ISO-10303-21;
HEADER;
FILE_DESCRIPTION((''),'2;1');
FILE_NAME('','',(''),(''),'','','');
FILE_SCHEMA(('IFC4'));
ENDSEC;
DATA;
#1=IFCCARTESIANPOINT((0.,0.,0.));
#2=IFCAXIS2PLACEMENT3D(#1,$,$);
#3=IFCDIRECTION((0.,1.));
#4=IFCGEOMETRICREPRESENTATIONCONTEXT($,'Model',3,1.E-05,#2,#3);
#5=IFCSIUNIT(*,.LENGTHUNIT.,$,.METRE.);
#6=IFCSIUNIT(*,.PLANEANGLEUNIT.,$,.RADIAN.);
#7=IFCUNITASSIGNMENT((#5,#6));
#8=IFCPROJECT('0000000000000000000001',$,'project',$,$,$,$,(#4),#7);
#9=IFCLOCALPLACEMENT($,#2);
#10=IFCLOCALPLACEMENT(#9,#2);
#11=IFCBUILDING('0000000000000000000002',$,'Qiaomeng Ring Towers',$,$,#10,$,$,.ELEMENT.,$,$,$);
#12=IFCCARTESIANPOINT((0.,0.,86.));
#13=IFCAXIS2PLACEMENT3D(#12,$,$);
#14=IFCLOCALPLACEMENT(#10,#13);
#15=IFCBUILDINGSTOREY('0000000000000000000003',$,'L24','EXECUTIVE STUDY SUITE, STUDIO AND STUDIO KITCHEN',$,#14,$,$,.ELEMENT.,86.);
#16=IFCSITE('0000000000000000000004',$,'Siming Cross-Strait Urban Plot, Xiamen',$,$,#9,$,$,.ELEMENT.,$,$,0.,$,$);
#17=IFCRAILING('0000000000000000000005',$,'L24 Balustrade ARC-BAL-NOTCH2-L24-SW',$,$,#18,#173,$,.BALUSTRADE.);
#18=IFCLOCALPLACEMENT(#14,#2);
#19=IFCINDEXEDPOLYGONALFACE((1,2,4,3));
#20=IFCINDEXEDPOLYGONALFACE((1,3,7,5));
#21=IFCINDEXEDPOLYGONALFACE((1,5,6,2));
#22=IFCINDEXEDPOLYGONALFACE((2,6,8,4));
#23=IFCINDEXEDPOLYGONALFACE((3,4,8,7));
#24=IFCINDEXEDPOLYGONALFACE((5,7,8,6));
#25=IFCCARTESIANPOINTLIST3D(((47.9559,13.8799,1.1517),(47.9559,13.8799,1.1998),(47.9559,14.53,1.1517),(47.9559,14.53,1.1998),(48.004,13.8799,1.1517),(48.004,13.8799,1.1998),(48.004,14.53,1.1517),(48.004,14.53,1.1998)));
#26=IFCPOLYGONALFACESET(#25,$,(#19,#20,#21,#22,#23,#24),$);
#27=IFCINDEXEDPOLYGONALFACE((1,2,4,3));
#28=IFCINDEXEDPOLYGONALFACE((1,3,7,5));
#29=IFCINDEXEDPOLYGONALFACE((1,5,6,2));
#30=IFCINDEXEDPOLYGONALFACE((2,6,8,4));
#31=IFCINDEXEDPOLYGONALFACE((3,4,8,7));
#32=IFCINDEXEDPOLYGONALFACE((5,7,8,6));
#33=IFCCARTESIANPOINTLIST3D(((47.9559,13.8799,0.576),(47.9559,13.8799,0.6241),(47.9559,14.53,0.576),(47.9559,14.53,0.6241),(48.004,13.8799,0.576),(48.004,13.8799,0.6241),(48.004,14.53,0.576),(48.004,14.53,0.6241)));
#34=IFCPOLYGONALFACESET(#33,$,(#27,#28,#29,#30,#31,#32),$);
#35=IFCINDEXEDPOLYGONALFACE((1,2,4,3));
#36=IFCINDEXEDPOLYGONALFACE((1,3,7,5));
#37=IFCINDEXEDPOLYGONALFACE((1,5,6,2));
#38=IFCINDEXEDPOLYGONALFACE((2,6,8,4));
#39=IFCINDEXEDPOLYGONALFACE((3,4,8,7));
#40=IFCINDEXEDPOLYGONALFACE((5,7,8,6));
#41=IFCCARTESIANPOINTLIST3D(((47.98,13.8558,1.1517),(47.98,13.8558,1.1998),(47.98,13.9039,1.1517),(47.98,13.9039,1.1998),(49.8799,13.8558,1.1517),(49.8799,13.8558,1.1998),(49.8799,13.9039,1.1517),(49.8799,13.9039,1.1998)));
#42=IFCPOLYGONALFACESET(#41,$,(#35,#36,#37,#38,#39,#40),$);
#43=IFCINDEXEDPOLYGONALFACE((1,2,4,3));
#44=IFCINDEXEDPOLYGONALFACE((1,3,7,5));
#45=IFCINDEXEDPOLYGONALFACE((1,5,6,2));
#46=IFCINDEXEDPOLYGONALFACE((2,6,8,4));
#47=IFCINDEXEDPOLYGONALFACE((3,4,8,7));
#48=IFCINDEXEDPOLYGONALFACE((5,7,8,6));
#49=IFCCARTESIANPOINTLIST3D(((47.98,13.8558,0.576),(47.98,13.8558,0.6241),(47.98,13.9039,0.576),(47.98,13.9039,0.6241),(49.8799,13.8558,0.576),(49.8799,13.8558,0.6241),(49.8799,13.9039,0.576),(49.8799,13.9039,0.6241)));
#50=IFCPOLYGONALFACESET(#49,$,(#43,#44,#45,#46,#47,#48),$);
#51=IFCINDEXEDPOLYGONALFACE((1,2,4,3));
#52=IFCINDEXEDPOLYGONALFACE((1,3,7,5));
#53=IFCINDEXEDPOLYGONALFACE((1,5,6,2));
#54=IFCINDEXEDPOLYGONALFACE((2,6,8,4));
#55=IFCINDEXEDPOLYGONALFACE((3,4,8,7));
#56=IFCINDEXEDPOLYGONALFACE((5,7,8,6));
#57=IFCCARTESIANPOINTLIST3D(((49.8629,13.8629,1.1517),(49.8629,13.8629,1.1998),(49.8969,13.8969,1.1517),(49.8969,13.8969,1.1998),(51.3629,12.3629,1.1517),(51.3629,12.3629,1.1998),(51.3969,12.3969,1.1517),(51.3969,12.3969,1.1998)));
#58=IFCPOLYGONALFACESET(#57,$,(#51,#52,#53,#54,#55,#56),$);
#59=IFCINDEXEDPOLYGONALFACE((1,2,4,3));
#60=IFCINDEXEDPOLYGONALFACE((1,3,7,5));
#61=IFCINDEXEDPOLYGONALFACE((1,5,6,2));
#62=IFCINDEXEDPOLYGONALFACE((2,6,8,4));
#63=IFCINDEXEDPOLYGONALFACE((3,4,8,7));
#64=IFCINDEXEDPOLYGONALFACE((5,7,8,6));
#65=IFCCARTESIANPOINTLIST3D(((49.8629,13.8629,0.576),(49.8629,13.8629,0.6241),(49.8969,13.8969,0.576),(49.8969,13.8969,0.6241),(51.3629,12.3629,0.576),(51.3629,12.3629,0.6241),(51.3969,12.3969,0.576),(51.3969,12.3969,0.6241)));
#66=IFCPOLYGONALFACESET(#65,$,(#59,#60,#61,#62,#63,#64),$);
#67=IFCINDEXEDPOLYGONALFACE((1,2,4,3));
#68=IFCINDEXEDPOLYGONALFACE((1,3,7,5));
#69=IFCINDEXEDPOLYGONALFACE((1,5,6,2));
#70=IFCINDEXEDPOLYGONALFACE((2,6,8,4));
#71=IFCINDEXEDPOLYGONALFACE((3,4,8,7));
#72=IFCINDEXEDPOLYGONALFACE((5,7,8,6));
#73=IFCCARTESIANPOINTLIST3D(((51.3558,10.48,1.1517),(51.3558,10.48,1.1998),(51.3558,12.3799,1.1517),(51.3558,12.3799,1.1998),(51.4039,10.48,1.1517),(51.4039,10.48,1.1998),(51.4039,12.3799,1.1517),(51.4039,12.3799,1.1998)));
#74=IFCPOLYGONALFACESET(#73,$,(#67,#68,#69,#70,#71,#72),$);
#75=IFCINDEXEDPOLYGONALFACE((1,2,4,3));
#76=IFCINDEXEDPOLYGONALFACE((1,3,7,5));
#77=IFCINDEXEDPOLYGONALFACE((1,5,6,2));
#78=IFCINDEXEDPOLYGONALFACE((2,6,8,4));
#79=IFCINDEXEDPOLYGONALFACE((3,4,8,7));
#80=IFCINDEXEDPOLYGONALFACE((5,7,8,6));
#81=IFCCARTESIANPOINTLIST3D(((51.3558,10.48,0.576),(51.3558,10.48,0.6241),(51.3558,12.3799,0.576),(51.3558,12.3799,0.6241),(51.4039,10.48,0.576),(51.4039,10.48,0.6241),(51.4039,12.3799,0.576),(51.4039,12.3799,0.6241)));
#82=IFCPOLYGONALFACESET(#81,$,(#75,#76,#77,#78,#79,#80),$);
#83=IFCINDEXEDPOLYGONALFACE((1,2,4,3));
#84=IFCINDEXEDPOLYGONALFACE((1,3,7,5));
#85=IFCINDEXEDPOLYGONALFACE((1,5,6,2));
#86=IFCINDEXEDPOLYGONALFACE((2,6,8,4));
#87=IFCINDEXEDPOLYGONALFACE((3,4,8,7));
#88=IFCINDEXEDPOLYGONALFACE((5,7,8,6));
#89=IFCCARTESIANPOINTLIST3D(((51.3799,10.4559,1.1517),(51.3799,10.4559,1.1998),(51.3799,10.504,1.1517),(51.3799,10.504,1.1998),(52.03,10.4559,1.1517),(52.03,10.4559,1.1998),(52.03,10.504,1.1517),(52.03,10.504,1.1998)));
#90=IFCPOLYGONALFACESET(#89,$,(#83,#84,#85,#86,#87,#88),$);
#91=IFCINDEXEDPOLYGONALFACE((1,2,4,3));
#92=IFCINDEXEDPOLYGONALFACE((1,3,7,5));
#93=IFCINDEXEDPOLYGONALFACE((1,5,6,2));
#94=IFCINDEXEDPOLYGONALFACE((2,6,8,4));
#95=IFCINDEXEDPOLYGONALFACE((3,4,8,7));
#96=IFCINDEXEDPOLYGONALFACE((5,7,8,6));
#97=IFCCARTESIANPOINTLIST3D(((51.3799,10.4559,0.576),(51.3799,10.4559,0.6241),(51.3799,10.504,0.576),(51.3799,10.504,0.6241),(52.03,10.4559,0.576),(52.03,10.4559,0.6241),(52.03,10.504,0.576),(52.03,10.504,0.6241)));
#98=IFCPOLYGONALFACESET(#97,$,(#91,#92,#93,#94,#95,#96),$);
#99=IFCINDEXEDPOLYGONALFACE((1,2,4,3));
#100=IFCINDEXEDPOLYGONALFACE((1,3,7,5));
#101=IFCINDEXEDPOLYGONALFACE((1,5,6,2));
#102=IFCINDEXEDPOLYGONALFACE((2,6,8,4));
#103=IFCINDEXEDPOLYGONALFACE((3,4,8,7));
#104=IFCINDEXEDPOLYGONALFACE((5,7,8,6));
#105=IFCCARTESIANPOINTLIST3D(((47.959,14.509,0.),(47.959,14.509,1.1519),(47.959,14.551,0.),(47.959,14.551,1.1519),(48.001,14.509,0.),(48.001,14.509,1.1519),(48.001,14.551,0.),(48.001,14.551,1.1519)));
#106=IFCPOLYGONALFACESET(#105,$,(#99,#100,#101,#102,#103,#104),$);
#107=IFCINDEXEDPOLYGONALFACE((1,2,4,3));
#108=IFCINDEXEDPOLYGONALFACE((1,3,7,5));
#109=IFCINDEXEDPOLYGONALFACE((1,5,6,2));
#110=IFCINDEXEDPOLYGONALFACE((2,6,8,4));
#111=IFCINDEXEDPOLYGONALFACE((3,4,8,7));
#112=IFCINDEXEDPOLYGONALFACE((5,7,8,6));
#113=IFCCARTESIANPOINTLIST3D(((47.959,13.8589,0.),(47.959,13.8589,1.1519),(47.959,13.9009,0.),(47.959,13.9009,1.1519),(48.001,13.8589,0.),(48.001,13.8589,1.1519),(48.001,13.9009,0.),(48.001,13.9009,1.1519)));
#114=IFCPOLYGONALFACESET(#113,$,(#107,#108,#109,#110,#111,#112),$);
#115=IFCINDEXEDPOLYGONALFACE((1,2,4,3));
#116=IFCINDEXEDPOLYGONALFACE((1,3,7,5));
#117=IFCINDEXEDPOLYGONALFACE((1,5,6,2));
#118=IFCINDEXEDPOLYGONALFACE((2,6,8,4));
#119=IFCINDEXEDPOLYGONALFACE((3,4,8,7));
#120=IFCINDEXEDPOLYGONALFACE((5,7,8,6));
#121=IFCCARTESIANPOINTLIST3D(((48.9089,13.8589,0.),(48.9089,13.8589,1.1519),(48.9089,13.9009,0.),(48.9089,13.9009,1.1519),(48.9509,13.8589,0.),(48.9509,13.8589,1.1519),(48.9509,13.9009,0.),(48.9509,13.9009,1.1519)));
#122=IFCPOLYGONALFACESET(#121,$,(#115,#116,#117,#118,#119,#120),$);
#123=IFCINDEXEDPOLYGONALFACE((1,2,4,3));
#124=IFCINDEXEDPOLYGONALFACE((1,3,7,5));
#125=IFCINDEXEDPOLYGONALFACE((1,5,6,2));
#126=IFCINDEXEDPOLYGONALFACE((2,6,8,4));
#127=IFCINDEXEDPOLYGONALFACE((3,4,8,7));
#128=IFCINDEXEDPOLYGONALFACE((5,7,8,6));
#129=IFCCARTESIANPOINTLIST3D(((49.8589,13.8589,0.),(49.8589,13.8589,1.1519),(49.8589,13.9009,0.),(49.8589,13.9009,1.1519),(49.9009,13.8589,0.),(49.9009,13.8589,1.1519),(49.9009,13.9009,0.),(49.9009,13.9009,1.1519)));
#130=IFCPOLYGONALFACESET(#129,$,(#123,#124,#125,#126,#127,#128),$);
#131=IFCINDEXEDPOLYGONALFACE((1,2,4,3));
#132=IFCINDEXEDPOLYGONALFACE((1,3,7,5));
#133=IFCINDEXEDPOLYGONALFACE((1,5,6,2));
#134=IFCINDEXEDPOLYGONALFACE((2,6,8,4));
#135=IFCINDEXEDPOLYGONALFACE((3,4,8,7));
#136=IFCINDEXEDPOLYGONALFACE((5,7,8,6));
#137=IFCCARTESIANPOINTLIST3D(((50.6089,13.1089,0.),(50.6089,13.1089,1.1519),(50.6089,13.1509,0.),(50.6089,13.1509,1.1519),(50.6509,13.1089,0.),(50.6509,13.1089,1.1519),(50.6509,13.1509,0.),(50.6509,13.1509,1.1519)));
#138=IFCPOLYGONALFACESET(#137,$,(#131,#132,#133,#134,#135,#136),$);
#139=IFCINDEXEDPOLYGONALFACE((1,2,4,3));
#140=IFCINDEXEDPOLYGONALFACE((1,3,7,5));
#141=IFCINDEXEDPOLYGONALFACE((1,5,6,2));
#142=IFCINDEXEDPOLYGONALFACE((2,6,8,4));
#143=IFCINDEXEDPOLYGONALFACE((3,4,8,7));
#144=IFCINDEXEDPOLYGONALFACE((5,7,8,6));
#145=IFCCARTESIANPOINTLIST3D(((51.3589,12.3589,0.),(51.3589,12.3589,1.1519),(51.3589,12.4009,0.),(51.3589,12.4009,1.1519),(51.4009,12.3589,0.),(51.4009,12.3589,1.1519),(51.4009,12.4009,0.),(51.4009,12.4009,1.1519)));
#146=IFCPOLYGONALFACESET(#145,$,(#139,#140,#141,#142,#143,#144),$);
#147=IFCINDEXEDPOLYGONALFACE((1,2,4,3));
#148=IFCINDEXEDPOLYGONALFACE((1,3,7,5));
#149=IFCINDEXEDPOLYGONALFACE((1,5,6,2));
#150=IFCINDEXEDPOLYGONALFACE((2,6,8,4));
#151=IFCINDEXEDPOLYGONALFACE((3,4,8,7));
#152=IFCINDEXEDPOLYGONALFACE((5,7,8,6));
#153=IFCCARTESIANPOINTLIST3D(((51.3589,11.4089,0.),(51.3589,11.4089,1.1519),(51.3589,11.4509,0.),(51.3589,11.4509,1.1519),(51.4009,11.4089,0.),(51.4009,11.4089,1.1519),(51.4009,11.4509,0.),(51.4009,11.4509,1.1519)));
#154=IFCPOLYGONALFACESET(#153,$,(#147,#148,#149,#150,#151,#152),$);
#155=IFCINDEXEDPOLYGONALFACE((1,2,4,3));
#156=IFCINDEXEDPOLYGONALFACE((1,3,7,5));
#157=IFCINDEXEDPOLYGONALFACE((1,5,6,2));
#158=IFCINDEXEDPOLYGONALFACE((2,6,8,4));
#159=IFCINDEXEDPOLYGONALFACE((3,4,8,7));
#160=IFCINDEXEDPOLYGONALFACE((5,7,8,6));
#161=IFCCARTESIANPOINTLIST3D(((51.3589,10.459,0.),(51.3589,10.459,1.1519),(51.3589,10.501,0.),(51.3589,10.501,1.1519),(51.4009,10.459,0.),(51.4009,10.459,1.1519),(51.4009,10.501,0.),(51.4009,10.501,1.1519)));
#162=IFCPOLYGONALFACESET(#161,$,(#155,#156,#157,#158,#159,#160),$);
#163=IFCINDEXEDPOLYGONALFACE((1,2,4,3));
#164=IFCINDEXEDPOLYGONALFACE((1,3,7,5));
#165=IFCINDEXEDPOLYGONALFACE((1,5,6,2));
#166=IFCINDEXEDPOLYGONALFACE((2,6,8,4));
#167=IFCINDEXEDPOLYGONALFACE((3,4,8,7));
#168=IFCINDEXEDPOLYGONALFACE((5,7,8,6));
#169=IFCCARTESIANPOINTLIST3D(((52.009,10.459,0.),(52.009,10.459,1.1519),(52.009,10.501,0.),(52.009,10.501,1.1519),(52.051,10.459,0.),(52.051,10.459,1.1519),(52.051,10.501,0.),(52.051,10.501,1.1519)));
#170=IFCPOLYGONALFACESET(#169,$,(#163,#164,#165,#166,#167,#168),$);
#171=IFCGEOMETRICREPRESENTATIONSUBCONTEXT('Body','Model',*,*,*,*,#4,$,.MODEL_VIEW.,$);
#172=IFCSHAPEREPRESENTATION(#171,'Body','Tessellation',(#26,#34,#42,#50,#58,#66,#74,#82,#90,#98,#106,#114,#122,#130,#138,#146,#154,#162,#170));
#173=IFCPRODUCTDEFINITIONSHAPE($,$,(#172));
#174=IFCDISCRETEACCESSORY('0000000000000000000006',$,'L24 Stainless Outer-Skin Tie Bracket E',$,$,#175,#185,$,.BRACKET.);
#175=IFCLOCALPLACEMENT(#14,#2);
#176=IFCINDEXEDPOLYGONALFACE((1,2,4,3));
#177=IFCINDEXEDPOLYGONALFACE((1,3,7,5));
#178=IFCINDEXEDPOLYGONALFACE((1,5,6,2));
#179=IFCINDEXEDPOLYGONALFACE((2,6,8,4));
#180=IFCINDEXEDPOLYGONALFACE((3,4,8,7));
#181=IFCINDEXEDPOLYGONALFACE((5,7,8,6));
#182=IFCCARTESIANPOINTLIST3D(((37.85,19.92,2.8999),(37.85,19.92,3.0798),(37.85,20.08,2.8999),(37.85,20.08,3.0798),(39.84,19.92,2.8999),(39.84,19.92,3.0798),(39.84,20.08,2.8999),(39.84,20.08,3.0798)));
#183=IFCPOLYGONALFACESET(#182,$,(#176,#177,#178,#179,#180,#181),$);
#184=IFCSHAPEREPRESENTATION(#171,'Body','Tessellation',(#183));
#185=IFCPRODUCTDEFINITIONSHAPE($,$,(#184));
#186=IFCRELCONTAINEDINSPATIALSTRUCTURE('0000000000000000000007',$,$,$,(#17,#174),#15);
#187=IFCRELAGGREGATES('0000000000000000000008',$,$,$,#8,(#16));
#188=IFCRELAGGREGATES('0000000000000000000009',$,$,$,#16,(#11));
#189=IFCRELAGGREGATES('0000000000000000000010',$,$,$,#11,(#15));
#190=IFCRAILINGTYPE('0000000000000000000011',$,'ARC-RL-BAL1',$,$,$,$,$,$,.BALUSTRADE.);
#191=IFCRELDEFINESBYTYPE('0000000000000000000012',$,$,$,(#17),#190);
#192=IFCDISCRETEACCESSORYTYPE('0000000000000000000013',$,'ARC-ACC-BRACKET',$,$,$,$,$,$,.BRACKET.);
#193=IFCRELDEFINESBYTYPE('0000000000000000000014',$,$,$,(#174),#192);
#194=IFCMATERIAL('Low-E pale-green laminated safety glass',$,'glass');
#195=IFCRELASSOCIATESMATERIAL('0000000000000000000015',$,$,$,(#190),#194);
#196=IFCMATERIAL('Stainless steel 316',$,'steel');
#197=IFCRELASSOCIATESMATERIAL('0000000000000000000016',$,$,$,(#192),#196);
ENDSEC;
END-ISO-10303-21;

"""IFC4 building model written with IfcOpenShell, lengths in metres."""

from ifc_helpers import new_model, si_unit, direction, frame, origin, origin_2d, place, context, subcontext, project, spatial, rectangle, extrude, source, transform, mapped, material, type_object, element, save


model = new_model("IFC4")

# Units and contexts
model_context = context("Model", 3, precision=1e-05, world=origin(), true_north=direction((0.0, 1.0)))
body_context = subcontext(model_context, "Body", "Model", "MODEL_VIEW")
ifc_project = project(units=[si_unit("LENGTHUNIT", "METRE"), si_unit("PLANEANGLEUNIT", "RADIAN")], contexts=[model_context])

# Site, building, storey
site_placement = place(None, origin())
site = spatial("IfcSite", under=ifc_project, at=site_placement, Name="Siming Cross-Strait Urban Plot, Xiamen", CompositionType="ELEMENT", RefElevation=0.0)
building_placement = place(site_placement, origin())
building = spatial("IfcBuilding", under=site, at=building_placement, Name="Qiaomeng Ring Towers", CompositionType="ELEMENT")
storey_placement = place(building_placement, frame((0.0, 0.0, 86.0)))
storey = spatial("IfcBuildingStorey", under=building, at=storey_placement, Name="L24", Description="EXECUTIVE STUDY SUITE, STUDIO AND STUDIO KITCHEN", CompositionType="ELEMENT", Elevation=86.0)

# Shared definitions
ifc_material_1 = material(Name="Stainless steel 316", Category="steel")

# Railing
ifc_material_2 = material(Name="Low-E pale-green laminated safety glass", Category="glass")
railing_type = type_object("IfcRailingType", Name="ARC-RL-BAL1", PredefinedType="BALUSTRADE", material=ifc_material_2)
railing_1_placement = place(storey_placement, frame((47.98, 14.53, 0.0)))
element("IfcRailing", 1, at=railing_1_placement, inside=storey, type_object=railing_type, Name="L24 Balustrade ARC-BAL-NOTCH2-L24-SW", PredefinedType="BALUSTRADE", context=body_context, shape_type="SweptSolid", body=[
    extrude(rectangle(XDim=0.0481, YDim=0.0481, at=origin_2d()), frame((0.0, 0.0, 1.1758), z_axis=(0.0, -1.0, 0.0), x_axis=(1.0, 0.0, 0.0)), (0.0, 0.0, 1.0), 0.6501),
    extrude(rectangle(XDim=0.0481, YDim=0.0481, at=origin_2d()), frame((0.0, 0.0, 0.6001), z_axis=(0.0, -1.0, 0.0), x_axis=(1.0, 0.0, 0.0)), (0.0, 0.0, 1.0), 0.6501),
    extrude(rectangle(XDim=0.0481, YDim=0.0481, at=origin_2d()), frame((0.0, -0.6501, 1.1758), z_axis=(1.0, 0.0, 0.0), x_axis=(0.0, 1.0, 0.0)), (0.0, 0.0, 1.0), 1.8999),
    extrude(rectangle(XDim=0.0481, YDim=0.0481, at=origin_2d()), frame((0.0, -0.6501, 0.6001), z_axis=(1.0, 0.0, 0.0), x_axis=(0.0, 1.0, 0.0)), (0.0, 0.0, 1.0), 1.8999),
    extrude(rectangle(XDim=0.0481, YDim=0.0481, at=origin_2d()), frame((1.8999, -0.6501, 1.1758), z_axis=(0.707107, -0.707107, 0.0), x_axis=(0.707107, 0.707107, 0.0)), (0.0, 0.0, 1.0), 2.1213),
    extrude(rectangle(XDim=0.0481, YDim=0.0481, at=origin_2d()), frame((1.8999, -0.6501, 0.6001), z_axis=(0.707107, -0.707107, 0.0), x_axis=(0.707107, 0.707107, 0.0)), (0.0, 0.0, 1.0), 2.1213),
    extrude(rectangle(XDim=0.0481, YDim=0.0481, at=origin_2d()), frame((3.3999, -2.1501, 1.1758), z_axis=(0.0, -1.0, 0.0), x_axis=(1.0, 0.0, 0.0)), (0.0, 0.0, 1.0), 1.8999),
    extrude(rectangle(XDim=0.0481, YDim=0.0481, at=origin_2d()), frame((3.3999, -2.1501, 0.6001), z_axis=(0.0, -1.0, 0.0), x_axis=(1.0, 0.0, 0.0)), (0.0, 0.0, 1.0), 1.8999),
    extrude(rectangle(XDim=0.0481, YDim=0.0481, at=origin_2d()), frame((3.3999, -4.05, 1.1758), z_axis=(1.0, 0.0, 0.0), x_axis=(0.0, 1.0, 0.0)), (0.0, 0.0, 1.0), 0.6501),
    extrude(rectangle(XDim=0.0481, YDim=0.0481, at=origin_2d()), frame((3.3999, -4.05, 0.6001), z_axis=(1.0, 0.0, 0.0), x_axis=(0.0, 1.0, 0.0)), (0.0, 0.0, 1.0), 0.6501),
    extrude(rectangle(XDim=0.042, YDim=0.042, at=origin_2d()), origin(), (0.0, 0.0, 1.0), 1.1519),
    extrude(rectangle(XDim=0.042, YDim=0.042, at=origin_2d()), frame((0.0, -0.6501, 0.0)), (0.0, 0.0, 1.0), 1.1519),
    extrude(rectangle(XDim=0.042, YDim=0.042, at=origin_2d()), frame((0.95, -0.6501, 0.0)), (0.0, 0.0, 1.0), 1.1519),
    extrude(rectangle(XDim=0.042, YDim=0.042, at=origin_2d()), frame((1.8999, -0.6501, 0.0)), (0.0, 0.0, 1.0), 1.1519),
    extrude(rectangle(XDim=0.042, YDim=0.042, at=origin_2d()), frame((2.6499, -1.4001, 0.0)), (0.0, 0.0, 1.0), 1.1519),
    extrude(rectangle(XDim=0.042, YDim=0.042, at=origin_2d()), frame((3.3999, -2.1501, 0.0)), (0.0, 0.0, 1.0), 1.1519),
    extrude(rectangle(XDim=0.042, YDim=0.042, at=origin_2d()), frame((3.3999, -3.1001, 0.0)), (0.0, 0.0, 1.0), 1.1519),
    extrude(rectangle(XDim=0.042, YDim=0.042, at=origin_2d()), frame((3.3999, -4.05, 0.0)), (0.0, 0.0, 1.0), 1.1519),
    extrude(rectangle(XDim=0.042, YDim=0.042, at=origin_2d()), frame((4.05, -4.05, 0.0)), (0.0, 0.0, 1.0), 1.1519),
])

# Discrete accessory
discrete_accessory_type = type_object("IfcDiscreteAccessoryType", Name="ARC-ACC-BRACKET", PredefinedType="BRACKET", material=ifc_material_1)
shared_shape_1 = source(origin(), body_context, "Body", "SweptSolid", [
    extrude(rectangle(XDim=1.99, YDim=0.1599, at=origin_2d()), origin(), (0.0, 0.0, 1.0), 0.1799),
])
discrete_accessory_placement = place(storey_placement, frame((38.845, 20.0, 2.8999), z_axis=(0.0, 0.0, 1.0), x_axis=(1.0, 0.0, 0.0)))
element("IfcDiscreteAccessory", 2, at=discrete_accessory_placement, inside=storey, type_object=discrete_accessory_type, Name="L24 Stainless Outer-Skin Tie Bracket E", PredefinedType="BRACKET", context=body_context, shape_type="MappedRepresentation", body=[
    mapped(shared_shape_1, transform((0.0, 0.0, 0.0), x_axis=(1.0, 0.0, 0.0), y_axis=(0.0, 1.0, 0.0), z_axis=(0.0, 0.0, 1.0), scale=1.0)),
])

save(model, "model.ifc")
